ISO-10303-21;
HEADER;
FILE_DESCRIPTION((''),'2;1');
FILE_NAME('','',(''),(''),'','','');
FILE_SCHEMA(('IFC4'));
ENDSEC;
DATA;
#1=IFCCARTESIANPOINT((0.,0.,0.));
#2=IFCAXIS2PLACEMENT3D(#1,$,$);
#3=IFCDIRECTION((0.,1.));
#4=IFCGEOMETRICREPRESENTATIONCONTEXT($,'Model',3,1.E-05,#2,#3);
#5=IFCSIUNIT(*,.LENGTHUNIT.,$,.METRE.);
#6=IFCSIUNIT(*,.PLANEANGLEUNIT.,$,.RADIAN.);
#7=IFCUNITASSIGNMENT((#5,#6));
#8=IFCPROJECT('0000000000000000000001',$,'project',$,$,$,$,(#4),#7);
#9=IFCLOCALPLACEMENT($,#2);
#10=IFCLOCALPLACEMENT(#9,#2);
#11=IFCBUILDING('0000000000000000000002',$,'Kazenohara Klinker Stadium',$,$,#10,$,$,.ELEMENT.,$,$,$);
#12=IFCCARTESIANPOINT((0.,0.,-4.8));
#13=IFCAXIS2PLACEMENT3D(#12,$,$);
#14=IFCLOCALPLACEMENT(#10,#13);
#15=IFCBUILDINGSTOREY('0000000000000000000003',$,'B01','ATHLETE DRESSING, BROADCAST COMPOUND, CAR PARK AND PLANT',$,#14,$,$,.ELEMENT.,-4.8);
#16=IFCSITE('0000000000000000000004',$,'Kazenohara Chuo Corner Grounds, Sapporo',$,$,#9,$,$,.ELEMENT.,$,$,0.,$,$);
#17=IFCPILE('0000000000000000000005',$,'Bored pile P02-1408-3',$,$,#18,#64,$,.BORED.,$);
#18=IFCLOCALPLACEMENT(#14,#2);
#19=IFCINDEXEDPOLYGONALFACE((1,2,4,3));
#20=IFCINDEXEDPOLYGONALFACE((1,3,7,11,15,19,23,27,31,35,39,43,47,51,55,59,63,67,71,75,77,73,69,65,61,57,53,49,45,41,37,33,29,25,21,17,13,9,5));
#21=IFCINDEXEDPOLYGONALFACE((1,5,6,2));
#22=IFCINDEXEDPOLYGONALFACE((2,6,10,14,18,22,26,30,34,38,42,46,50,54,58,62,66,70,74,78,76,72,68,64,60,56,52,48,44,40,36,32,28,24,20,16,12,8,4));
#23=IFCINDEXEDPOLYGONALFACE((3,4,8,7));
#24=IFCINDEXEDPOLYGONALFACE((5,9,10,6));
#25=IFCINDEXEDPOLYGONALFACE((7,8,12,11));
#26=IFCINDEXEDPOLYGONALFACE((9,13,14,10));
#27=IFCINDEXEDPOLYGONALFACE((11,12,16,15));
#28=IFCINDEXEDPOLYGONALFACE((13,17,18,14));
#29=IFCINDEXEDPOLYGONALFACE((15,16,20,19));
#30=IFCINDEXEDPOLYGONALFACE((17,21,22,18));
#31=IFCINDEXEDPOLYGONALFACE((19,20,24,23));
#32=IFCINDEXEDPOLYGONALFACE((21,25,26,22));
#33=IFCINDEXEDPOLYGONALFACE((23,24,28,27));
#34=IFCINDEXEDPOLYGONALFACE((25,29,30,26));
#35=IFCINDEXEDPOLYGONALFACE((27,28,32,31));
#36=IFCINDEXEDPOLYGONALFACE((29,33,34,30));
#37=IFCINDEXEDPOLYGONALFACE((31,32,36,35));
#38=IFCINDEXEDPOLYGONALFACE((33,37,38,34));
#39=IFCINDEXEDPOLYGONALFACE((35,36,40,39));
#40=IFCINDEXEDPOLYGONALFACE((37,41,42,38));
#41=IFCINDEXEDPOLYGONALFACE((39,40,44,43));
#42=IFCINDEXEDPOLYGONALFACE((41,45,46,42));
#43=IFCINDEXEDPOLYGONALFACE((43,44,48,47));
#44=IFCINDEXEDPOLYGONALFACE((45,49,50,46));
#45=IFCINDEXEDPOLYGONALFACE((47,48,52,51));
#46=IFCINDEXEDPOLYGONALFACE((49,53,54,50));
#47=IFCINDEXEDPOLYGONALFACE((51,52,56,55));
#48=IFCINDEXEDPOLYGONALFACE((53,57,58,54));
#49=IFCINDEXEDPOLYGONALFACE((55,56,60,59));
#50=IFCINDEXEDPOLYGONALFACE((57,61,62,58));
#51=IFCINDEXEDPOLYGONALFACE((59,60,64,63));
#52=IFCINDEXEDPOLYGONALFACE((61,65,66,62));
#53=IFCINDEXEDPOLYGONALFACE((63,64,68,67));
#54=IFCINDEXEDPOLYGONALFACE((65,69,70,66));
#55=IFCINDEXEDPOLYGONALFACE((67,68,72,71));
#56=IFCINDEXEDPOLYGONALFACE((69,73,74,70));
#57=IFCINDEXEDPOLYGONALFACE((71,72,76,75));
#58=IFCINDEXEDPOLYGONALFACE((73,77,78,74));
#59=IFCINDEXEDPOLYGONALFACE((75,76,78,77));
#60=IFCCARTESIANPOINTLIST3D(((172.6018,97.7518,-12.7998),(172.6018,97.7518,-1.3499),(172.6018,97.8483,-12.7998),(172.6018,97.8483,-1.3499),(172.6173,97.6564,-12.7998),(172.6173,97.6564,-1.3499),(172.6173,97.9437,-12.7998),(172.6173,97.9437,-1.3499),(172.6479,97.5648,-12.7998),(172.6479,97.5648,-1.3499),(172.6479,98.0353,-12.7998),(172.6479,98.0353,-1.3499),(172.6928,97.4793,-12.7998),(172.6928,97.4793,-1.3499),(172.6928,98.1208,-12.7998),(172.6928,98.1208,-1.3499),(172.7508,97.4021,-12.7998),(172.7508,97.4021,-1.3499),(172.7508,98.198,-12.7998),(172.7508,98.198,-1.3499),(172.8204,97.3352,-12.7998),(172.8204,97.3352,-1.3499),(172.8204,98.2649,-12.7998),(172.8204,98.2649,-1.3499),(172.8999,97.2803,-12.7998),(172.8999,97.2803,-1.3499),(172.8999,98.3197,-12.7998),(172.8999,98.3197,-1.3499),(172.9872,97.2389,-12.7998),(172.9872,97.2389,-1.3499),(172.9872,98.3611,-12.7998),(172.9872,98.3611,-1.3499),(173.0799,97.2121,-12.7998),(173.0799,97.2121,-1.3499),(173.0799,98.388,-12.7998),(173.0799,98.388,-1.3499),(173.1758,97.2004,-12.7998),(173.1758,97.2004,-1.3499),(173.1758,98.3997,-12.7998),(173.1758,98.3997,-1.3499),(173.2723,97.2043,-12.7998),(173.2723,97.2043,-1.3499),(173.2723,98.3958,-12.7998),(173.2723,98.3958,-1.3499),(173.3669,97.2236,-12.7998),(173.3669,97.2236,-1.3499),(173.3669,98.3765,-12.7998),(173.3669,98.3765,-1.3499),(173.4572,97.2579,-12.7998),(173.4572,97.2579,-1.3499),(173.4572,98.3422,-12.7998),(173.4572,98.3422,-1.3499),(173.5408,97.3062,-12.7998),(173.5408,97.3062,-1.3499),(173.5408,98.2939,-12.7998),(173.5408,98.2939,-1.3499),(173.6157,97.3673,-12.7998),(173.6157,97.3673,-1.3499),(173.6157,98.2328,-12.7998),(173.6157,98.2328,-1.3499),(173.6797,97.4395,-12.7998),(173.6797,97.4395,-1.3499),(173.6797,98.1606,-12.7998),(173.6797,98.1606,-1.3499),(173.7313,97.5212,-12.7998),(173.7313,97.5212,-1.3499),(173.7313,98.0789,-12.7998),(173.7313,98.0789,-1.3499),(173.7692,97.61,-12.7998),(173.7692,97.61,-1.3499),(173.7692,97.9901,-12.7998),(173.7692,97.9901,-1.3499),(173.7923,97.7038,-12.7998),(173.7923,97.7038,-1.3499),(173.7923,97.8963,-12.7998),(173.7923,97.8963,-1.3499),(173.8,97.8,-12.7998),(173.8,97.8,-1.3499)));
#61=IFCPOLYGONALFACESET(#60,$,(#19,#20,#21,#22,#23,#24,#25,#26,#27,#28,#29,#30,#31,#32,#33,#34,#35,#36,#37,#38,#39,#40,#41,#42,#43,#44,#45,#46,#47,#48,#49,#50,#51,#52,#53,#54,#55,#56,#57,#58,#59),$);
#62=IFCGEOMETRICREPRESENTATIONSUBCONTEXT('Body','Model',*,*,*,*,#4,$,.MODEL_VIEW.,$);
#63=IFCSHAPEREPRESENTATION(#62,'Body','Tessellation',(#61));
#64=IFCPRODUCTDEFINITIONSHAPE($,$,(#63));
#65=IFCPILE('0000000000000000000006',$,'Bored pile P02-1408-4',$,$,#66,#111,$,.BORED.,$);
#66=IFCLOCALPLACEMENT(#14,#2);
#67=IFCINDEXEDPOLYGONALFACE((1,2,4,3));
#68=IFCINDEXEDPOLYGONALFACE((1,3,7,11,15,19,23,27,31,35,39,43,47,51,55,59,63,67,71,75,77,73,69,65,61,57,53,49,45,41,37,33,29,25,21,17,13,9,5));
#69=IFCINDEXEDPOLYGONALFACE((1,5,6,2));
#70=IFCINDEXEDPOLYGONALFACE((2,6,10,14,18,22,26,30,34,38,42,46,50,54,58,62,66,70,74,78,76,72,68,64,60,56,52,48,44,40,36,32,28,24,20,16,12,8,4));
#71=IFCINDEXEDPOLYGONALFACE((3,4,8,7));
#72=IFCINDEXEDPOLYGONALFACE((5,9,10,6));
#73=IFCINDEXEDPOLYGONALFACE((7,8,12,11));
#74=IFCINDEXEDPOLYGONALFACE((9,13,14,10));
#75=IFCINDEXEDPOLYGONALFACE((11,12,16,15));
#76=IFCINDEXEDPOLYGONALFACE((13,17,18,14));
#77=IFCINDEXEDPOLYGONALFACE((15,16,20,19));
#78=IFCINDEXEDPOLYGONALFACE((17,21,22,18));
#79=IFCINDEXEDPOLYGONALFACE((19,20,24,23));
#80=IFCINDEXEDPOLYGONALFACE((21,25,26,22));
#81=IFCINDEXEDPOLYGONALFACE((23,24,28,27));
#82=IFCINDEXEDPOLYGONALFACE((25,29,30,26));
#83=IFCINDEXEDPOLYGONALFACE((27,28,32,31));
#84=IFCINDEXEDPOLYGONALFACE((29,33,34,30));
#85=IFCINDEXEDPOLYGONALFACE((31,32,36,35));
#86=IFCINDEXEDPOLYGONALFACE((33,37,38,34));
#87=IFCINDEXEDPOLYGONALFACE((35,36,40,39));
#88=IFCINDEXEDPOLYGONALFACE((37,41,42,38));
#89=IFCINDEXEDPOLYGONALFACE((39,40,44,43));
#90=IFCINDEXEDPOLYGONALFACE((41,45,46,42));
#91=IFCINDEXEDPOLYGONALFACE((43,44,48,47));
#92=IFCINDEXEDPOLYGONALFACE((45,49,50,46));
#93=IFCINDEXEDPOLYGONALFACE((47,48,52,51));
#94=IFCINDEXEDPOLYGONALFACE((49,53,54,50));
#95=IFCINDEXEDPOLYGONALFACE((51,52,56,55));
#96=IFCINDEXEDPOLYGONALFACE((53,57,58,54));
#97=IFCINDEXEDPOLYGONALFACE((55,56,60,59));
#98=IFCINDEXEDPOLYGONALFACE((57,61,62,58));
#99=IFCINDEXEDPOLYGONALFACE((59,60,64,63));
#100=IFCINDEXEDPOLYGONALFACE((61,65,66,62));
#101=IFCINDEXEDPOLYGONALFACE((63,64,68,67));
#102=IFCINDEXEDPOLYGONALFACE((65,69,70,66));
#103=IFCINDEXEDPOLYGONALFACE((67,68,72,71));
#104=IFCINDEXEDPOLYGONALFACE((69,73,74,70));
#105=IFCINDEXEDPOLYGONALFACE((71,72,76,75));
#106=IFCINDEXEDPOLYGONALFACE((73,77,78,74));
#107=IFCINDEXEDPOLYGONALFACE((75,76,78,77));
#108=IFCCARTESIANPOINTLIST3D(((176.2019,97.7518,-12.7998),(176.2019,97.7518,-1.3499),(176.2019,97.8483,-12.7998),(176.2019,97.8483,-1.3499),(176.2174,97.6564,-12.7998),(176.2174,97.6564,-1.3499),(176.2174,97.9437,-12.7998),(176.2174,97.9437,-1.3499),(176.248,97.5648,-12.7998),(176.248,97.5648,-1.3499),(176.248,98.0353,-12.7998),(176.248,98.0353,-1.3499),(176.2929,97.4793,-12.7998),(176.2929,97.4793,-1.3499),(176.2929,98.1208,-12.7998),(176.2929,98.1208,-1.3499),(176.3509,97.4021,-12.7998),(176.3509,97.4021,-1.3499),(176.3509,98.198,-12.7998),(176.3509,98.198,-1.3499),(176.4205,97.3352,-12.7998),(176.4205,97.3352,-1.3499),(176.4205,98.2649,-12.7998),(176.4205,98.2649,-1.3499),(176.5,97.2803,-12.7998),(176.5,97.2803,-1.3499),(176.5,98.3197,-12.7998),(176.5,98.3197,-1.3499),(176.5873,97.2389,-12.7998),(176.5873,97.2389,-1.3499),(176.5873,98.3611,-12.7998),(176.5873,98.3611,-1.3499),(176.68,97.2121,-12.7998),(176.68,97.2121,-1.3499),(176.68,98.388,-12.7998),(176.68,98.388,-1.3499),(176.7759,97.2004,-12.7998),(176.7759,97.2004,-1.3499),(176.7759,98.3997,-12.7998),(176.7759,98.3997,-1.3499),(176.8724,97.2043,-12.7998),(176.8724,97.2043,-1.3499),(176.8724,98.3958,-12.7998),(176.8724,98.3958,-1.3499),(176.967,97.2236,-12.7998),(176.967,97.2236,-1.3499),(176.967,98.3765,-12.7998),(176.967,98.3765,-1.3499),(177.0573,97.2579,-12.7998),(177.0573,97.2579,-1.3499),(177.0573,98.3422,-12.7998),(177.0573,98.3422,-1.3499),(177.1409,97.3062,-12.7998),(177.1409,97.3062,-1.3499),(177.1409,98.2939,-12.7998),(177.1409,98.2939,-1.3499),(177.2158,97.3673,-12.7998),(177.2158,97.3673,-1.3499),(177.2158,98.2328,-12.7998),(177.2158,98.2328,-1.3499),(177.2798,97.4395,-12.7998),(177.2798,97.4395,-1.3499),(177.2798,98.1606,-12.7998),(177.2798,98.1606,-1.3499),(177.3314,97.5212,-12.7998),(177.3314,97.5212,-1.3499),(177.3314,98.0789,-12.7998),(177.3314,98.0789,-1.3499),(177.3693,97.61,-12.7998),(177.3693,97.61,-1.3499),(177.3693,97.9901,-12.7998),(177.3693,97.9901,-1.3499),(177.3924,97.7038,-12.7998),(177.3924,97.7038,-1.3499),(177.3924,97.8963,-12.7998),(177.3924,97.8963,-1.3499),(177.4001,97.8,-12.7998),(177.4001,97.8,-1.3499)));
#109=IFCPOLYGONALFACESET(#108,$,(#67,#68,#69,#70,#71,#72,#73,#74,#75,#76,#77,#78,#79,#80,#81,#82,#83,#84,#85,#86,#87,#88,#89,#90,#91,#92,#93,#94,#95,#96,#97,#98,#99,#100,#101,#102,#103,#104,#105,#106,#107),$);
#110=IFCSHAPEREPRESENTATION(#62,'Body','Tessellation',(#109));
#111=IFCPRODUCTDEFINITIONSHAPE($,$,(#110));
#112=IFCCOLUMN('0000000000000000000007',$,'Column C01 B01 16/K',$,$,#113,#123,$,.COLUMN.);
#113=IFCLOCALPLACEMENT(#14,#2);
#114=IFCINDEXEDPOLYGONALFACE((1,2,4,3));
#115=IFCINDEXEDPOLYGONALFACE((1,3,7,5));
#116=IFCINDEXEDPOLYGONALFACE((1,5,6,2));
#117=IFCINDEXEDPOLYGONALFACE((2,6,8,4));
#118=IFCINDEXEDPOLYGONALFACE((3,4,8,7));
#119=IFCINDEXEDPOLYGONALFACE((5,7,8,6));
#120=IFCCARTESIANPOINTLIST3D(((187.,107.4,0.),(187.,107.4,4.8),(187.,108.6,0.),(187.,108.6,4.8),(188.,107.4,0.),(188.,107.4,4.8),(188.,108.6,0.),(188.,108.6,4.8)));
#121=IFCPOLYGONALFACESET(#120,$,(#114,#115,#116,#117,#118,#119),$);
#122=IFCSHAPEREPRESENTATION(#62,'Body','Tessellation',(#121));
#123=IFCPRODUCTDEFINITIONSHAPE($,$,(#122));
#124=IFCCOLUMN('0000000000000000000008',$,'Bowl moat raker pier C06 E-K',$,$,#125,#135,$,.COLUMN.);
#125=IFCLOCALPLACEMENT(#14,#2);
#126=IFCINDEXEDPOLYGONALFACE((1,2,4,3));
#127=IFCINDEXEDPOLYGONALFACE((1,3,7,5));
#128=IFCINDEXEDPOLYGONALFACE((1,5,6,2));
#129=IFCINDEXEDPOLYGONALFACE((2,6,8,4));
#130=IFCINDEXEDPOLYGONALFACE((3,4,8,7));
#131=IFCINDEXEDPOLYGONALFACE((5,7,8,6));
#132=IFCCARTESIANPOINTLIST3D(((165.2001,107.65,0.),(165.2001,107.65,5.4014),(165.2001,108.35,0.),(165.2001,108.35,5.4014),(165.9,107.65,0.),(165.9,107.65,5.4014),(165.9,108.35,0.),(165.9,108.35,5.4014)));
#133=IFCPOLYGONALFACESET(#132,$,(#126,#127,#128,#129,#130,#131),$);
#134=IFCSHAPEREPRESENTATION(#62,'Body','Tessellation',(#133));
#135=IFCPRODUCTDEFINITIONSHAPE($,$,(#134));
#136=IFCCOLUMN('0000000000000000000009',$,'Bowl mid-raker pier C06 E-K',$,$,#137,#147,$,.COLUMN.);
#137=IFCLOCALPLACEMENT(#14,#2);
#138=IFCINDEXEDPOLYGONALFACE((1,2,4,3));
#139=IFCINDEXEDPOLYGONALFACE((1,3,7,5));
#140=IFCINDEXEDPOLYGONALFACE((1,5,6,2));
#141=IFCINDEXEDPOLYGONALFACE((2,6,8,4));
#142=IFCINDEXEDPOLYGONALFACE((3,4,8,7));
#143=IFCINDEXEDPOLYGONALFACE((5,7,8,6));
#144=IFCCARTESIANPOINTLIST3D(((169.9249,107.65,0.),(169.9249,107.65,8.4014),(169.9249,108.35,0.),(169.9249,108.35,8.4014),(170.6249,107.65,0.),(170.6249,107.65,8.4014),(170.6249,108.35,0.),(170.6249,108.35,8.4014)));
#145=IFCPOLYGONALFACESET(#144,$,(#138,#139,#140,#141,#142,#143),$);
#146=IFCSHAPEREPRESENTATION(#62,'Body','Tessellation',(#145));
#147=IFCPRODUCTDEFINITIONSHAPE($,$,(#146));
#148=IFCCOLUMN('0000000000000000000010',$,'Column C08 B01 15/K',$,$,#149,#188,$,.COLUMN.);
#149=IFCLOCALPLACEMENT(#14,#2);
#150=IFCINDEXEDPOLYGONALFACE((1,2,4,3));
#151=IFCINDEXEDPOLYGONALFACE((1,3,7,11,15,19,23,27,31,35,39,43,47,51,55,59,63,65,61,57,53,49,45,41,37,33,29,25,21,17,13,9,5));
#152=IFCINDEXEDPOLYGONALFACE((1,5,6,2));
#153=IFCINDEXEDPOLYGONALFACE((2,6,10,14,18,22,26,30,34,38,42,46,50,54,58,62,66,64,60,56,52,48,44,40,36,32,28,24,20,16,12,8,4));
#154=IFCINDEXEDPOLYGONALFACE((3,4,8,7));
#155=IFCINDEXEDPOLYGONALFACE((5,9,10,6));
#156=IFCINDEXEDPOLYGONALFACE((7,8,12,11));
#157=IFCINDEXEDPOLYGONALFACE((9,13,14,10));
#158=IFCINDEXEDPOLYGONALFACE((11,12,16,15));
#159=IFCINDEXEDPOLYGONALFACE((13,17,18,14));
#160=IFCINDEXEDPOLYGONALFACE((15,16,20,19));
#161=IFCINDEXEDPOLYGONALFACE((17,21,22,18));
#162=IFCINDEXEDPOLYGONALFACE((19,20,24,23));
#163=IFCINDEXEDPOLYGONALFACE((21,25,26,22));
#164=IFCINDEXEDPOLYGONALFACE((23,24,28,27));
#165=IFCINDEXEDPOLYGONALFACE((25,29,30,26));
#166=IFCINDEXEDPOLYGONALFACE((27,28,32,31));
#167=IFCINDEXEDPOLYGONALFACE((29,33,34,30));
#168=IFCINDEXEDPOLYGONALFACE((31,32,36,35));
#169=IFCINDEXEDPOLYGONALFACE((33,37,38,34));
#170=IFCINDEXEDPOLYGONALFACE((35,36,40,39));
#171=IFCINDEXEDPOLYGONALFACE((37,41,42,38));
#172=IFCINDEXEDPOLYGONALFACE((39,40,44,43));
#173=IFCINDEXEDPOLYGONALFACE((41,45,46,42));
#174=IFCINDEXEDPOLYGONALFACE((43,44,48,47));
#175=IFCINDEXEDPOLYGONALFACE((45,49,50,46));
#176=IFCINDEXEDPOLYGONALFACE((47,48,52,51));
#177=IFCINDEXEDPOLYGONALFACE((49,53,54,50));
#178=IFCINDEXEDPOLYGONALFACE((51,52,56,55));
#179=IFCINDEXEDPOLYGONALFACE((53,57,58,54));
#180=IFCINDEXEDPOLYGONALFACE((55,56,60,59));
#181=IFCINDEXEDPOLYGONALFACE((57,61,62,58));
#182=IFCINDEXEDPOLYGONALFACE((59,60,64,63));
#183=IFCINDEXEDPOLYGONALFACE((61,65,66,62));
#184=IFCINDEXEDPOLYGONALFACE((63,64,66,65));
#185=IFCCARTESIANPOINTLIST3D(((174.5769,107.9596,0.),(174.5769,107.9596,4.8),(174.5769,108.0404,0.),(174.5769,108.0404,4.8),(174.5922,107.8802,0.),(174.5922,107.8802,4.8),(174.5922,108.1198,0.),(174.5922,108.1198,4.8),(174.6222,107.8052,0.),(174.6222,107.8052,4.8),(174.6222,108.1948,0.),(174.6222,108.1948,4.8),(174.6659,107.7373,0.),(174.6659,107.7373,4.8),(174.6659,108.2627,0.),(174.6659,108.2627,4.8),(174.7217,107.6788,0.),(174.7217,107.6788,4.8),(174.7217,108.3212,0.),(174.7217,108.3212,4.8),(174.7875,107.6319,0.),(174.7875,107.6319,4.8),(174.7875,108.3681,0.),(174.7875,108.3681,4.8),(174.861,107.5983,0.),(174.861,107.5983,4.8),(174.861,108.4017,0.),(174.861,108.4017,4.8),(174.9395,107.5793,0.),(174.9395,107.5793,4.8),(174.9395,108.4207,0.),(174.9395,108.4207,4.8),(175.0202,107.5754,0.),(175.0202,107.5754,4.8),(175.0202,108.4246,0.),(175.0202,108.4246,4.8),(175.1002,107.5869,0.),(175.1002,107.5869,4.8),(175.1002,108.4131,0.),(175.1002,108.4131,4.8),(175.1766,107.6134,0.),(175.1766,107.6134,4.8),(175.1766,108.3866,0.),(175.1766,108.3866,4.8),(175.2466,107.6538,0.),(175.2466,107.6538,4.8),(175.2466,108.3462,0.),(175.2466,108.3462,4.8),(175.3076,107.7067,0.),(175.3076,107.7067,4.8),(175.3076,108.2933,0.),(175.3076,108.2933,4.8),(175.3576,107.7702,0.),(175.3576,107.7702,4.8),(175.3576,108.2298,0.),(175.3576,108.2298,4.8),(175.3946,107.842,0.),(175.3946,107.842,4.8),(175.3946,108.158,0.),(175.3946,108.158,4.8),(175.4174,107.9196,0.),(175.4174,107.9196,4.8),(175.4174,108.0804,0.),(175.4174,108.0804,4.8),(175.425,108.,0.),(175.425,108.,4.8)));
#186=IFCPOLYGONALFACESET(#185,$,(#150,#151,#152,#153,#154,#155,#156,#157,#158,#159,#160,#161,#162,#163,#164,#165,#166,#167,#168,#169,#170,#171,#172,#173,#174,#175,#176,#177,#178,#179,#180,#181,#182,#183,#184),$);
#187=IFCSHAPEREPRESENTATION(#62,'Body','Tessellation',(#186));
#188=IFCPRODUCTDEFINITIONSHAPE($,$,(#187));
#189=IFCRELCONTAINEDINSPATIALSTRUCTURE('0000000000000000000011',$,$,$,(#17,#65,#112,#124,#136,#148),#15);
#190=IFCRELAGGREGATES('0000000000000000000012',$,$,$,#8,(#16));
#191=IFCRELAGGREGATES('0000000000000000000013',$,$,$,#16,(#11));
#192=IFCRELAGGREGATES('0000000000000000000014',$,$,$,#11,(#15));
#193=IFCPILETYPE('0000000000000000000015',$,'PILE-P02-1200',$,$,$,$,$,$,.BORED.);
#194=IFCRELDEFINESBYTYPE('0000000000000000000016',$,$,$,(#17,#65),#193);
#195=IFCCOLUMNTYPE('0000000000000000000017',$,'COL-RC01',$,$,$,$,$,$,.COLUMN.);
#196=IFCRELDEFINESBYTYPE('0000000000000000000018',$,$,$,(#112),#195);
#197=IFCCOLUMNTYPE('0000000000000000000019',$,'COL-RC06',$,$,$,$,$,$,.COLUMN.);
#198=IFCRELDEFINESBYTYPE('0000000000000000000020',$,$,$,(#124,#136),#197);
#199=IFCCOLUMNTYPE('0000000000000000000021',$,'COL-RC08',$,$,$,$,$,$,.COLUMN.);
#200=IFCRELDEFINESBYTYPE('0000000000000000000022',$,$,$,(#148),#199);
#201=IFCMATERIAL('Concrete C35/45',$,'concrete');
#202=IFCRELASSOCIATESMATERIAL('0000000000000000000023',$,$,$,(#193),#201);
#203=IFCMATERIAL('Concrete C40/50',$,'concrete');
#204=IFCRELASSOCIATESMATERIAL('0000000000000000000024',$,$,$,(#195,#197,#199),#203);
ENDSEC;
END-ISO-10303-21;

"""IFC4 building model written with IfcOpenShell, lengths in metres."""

from ifc_helpers import new_model, si_unit, direction, frame, origin, origin_2d, place, context, subcontext, project, spatial, rectangle, circle, extrude, material, material_profile, profile_set, type_object, element, save


model = new_model("IFC4")

# Units and contexts
model_context = context("Model", 3, precision=1e-05, world=origin(), true_north=direction((0.0, 1.0)))
body_context = subcontext(model_context, "Body", "Model", "MODEL_VIEW")
ifc_project = project(units=[si_unit("LENGTHUNIT", "METRE"), si_unit("PLANEANGLEUNIT", "RADIAN")], contexts=[model_context])

# Site, building, storey
site_placement = place(None, origin())
site = spatial("IfcSite", under=ifc_project, at=site_placement, Name="Kazenohara Chuo Corner Grounds, Sapporo", CompositionType="ELEMENT", RefElevation=0.0)
building_placement = place(site_placement, origin())
building = spatial("IfcBuilding", under=site, at=building_placement, Name="Kazenohara Klinker Stadium", CompositionType="ELEMENT")
storey_placement = place(building_placement, frame((0.0, 0.0, -4.8)))
storey = spatial("IfcBuildingStorey", under=building, at=storey_placement, Name="B01", Description="ATHLETE DRESSING, BROADCAST COMPOUND, CAR PARK AND PLANT", CompositionType="ELEMENT", Elevation=-4.8)

# Shared definitions
ifc_material_1 = material(Name="Concrete C35/45", Category="concrete")

# Piles
ifc_material_profile_1 = material_profile(ifc_material_1, circle(Radius=0.6001, at=origin_2d()), Name="BORED-PILE-1200")
ifc_profile_set_1 = profile_set([ifc_material_profile_1], Name="Concrete C35/45")
pile_type_1 = type_object("IfcPileType", Name="PILE-P02-1200", PredefinedType="BORED", material=ifc_profile_set_1)
for number, where, z_axis, x_axis, name in (
    (1, (173.2, 97.8, -1.3499), (0.0, 0.0, -1.0), (1.0, 0.0, 0.0), "Bored pile P02-1408-3"),
    (2, (176.8, 97.8, -1.3499), (0.0, 0.0, -1.0), (1.0, 0.0, 0.0), "Bored pile P02-1408-4"),
):
    element("IfcPile", number, at=place(storey_placement, frame(where, z_axis=z_axis, x_axis=x_axis)), inside=storey, type_object=pile_type_1, Name=name, PredefinedType="BORED", context=body_context, shape_type="SweptSolid", body=[
        extrude(circle(Radius=0.6001, at=origin_2d()), origin(), (0.0, 0.0, 1.0), 11.45),
    ])

# Columns
ifc_material_2 = material(Name="Concrete C40/50", Category="concrete")
ifc_material_profile_2 = material_profile(ifc_material_2, rectangle(XDim=1.0, YDim=1.2, at=origin_2d()), Name="RC-COL-1200x1000")
ifc_profile_set_2 = profile_set([ifc_material_profile_2], Name="Concrete C40/50")
column_type_1 = type_object("IfcColumnType", Name="COL-RC01", PredefinedType="COLUMN", material=ifc_profile_set_2)
column_1_placement = place(storey_placement, frame((187.5, 108.0, 0.0), z_axis=(0.0, 0.0, 1.0), x_axis=(1.0, 0.0, 0.0)))
element("IfcColumn", 3, at=column_1_placement, inside=storey, type_object=column_type_1, Name="Column C01 B01 16/K", PredefinedType="COLUMN", context=body_context, shape_type="SweptSolid", body=[
    extrude(rectangle(XDim=1.0, YDim=1.2, at=origin_2d()), origin(), (0.0, 0.0, 1.0), 4.8),
])
ifc_material_profile_3 = material_profile(ifc_material_2, rectangle(XDim=0.7, YDim=0.7, at=origin_2d()), Name="RC-COL-700x700")
ifc_profile_set_3 = profile_set([ifc_material_profile_3], Name="Concrete C40/50")
column_type_2 = type_object("IfcColumnType", Name="COL-RC06", PredefinedType="COLUMN", material=ifc_profile_set_3)
column_2_placement = place(storey_placement, frame((165.55, 108.0, 0.0), z_axis=(0.0, 0.0, 1.0), x_axis=(1.0, 0.0, 0.0)))
element("IfcColumn", 4, at=column_2_placement, inside=storey, type_object=column_type_2, Name="Bowl moat raker pier C06 E-K", PredefinedType="COLUMN", context=body_context, shape_type="SweptSolid", body=[
    extrude(rectangle(XDim=0.7, YDim=0.7, at=origin_2d()), origin(), (0.0, 0.0, 1.0), 5.4014),
])
column_3_placement = place(storey_placement, frame((170.2749, 108.0, 0.0), z_axis=(0.0, 0.0, 1.0), x_axis=(1.0, 0.0, 0.0)))
element("IfcColumn", 5, at=column_3_placement, inside=storey, type_object=column_type_2, Name="Bowl mid-raker pier C06 E-K", PredefinedType="COLUMN", context=body_context, shape_type="SweptSolid", body=[
    extrude(rectangle(XDim=0.7, YDim=0.7, at=origin_2d()), origin(), (0.0, 0.0, 1.0), 8.4014),
])
ifc_material_profile_4 = material_profile(ifc_material_2, circle(Radius=0.425, at=origin_2d()), Name="RC-COL-D850")
ifc_profile_set_4 = profile_set([ifc_material_profile_4], Name="Concrete C40/50")
column_type_3 = type_object("IfcColumnType", Name="COL-RC08", PredefinedType="COLUMN", material=ifc_profile_set_4)
column_4_placement = place(storey_placement, frame((175.0, 108.0, 0.0), z_axis=(0.0, 0.0, 1.0), x_axis=(1.0, 0.0, 0.0)))
element("IfcColumn", 6, at=column_4_placement, inside=storey, type_object=column_type_3, Name="Column C08 B01 15/K", PredefinedType="COLUMN", context=body_context, shape_type="SweptSolid", body=[
    extrude(circle(Radius=0.425, at=origin_2d()), origin(), (0.0, 0.0, 1.0), 4.8),
])

save(model, "model.ifc")
